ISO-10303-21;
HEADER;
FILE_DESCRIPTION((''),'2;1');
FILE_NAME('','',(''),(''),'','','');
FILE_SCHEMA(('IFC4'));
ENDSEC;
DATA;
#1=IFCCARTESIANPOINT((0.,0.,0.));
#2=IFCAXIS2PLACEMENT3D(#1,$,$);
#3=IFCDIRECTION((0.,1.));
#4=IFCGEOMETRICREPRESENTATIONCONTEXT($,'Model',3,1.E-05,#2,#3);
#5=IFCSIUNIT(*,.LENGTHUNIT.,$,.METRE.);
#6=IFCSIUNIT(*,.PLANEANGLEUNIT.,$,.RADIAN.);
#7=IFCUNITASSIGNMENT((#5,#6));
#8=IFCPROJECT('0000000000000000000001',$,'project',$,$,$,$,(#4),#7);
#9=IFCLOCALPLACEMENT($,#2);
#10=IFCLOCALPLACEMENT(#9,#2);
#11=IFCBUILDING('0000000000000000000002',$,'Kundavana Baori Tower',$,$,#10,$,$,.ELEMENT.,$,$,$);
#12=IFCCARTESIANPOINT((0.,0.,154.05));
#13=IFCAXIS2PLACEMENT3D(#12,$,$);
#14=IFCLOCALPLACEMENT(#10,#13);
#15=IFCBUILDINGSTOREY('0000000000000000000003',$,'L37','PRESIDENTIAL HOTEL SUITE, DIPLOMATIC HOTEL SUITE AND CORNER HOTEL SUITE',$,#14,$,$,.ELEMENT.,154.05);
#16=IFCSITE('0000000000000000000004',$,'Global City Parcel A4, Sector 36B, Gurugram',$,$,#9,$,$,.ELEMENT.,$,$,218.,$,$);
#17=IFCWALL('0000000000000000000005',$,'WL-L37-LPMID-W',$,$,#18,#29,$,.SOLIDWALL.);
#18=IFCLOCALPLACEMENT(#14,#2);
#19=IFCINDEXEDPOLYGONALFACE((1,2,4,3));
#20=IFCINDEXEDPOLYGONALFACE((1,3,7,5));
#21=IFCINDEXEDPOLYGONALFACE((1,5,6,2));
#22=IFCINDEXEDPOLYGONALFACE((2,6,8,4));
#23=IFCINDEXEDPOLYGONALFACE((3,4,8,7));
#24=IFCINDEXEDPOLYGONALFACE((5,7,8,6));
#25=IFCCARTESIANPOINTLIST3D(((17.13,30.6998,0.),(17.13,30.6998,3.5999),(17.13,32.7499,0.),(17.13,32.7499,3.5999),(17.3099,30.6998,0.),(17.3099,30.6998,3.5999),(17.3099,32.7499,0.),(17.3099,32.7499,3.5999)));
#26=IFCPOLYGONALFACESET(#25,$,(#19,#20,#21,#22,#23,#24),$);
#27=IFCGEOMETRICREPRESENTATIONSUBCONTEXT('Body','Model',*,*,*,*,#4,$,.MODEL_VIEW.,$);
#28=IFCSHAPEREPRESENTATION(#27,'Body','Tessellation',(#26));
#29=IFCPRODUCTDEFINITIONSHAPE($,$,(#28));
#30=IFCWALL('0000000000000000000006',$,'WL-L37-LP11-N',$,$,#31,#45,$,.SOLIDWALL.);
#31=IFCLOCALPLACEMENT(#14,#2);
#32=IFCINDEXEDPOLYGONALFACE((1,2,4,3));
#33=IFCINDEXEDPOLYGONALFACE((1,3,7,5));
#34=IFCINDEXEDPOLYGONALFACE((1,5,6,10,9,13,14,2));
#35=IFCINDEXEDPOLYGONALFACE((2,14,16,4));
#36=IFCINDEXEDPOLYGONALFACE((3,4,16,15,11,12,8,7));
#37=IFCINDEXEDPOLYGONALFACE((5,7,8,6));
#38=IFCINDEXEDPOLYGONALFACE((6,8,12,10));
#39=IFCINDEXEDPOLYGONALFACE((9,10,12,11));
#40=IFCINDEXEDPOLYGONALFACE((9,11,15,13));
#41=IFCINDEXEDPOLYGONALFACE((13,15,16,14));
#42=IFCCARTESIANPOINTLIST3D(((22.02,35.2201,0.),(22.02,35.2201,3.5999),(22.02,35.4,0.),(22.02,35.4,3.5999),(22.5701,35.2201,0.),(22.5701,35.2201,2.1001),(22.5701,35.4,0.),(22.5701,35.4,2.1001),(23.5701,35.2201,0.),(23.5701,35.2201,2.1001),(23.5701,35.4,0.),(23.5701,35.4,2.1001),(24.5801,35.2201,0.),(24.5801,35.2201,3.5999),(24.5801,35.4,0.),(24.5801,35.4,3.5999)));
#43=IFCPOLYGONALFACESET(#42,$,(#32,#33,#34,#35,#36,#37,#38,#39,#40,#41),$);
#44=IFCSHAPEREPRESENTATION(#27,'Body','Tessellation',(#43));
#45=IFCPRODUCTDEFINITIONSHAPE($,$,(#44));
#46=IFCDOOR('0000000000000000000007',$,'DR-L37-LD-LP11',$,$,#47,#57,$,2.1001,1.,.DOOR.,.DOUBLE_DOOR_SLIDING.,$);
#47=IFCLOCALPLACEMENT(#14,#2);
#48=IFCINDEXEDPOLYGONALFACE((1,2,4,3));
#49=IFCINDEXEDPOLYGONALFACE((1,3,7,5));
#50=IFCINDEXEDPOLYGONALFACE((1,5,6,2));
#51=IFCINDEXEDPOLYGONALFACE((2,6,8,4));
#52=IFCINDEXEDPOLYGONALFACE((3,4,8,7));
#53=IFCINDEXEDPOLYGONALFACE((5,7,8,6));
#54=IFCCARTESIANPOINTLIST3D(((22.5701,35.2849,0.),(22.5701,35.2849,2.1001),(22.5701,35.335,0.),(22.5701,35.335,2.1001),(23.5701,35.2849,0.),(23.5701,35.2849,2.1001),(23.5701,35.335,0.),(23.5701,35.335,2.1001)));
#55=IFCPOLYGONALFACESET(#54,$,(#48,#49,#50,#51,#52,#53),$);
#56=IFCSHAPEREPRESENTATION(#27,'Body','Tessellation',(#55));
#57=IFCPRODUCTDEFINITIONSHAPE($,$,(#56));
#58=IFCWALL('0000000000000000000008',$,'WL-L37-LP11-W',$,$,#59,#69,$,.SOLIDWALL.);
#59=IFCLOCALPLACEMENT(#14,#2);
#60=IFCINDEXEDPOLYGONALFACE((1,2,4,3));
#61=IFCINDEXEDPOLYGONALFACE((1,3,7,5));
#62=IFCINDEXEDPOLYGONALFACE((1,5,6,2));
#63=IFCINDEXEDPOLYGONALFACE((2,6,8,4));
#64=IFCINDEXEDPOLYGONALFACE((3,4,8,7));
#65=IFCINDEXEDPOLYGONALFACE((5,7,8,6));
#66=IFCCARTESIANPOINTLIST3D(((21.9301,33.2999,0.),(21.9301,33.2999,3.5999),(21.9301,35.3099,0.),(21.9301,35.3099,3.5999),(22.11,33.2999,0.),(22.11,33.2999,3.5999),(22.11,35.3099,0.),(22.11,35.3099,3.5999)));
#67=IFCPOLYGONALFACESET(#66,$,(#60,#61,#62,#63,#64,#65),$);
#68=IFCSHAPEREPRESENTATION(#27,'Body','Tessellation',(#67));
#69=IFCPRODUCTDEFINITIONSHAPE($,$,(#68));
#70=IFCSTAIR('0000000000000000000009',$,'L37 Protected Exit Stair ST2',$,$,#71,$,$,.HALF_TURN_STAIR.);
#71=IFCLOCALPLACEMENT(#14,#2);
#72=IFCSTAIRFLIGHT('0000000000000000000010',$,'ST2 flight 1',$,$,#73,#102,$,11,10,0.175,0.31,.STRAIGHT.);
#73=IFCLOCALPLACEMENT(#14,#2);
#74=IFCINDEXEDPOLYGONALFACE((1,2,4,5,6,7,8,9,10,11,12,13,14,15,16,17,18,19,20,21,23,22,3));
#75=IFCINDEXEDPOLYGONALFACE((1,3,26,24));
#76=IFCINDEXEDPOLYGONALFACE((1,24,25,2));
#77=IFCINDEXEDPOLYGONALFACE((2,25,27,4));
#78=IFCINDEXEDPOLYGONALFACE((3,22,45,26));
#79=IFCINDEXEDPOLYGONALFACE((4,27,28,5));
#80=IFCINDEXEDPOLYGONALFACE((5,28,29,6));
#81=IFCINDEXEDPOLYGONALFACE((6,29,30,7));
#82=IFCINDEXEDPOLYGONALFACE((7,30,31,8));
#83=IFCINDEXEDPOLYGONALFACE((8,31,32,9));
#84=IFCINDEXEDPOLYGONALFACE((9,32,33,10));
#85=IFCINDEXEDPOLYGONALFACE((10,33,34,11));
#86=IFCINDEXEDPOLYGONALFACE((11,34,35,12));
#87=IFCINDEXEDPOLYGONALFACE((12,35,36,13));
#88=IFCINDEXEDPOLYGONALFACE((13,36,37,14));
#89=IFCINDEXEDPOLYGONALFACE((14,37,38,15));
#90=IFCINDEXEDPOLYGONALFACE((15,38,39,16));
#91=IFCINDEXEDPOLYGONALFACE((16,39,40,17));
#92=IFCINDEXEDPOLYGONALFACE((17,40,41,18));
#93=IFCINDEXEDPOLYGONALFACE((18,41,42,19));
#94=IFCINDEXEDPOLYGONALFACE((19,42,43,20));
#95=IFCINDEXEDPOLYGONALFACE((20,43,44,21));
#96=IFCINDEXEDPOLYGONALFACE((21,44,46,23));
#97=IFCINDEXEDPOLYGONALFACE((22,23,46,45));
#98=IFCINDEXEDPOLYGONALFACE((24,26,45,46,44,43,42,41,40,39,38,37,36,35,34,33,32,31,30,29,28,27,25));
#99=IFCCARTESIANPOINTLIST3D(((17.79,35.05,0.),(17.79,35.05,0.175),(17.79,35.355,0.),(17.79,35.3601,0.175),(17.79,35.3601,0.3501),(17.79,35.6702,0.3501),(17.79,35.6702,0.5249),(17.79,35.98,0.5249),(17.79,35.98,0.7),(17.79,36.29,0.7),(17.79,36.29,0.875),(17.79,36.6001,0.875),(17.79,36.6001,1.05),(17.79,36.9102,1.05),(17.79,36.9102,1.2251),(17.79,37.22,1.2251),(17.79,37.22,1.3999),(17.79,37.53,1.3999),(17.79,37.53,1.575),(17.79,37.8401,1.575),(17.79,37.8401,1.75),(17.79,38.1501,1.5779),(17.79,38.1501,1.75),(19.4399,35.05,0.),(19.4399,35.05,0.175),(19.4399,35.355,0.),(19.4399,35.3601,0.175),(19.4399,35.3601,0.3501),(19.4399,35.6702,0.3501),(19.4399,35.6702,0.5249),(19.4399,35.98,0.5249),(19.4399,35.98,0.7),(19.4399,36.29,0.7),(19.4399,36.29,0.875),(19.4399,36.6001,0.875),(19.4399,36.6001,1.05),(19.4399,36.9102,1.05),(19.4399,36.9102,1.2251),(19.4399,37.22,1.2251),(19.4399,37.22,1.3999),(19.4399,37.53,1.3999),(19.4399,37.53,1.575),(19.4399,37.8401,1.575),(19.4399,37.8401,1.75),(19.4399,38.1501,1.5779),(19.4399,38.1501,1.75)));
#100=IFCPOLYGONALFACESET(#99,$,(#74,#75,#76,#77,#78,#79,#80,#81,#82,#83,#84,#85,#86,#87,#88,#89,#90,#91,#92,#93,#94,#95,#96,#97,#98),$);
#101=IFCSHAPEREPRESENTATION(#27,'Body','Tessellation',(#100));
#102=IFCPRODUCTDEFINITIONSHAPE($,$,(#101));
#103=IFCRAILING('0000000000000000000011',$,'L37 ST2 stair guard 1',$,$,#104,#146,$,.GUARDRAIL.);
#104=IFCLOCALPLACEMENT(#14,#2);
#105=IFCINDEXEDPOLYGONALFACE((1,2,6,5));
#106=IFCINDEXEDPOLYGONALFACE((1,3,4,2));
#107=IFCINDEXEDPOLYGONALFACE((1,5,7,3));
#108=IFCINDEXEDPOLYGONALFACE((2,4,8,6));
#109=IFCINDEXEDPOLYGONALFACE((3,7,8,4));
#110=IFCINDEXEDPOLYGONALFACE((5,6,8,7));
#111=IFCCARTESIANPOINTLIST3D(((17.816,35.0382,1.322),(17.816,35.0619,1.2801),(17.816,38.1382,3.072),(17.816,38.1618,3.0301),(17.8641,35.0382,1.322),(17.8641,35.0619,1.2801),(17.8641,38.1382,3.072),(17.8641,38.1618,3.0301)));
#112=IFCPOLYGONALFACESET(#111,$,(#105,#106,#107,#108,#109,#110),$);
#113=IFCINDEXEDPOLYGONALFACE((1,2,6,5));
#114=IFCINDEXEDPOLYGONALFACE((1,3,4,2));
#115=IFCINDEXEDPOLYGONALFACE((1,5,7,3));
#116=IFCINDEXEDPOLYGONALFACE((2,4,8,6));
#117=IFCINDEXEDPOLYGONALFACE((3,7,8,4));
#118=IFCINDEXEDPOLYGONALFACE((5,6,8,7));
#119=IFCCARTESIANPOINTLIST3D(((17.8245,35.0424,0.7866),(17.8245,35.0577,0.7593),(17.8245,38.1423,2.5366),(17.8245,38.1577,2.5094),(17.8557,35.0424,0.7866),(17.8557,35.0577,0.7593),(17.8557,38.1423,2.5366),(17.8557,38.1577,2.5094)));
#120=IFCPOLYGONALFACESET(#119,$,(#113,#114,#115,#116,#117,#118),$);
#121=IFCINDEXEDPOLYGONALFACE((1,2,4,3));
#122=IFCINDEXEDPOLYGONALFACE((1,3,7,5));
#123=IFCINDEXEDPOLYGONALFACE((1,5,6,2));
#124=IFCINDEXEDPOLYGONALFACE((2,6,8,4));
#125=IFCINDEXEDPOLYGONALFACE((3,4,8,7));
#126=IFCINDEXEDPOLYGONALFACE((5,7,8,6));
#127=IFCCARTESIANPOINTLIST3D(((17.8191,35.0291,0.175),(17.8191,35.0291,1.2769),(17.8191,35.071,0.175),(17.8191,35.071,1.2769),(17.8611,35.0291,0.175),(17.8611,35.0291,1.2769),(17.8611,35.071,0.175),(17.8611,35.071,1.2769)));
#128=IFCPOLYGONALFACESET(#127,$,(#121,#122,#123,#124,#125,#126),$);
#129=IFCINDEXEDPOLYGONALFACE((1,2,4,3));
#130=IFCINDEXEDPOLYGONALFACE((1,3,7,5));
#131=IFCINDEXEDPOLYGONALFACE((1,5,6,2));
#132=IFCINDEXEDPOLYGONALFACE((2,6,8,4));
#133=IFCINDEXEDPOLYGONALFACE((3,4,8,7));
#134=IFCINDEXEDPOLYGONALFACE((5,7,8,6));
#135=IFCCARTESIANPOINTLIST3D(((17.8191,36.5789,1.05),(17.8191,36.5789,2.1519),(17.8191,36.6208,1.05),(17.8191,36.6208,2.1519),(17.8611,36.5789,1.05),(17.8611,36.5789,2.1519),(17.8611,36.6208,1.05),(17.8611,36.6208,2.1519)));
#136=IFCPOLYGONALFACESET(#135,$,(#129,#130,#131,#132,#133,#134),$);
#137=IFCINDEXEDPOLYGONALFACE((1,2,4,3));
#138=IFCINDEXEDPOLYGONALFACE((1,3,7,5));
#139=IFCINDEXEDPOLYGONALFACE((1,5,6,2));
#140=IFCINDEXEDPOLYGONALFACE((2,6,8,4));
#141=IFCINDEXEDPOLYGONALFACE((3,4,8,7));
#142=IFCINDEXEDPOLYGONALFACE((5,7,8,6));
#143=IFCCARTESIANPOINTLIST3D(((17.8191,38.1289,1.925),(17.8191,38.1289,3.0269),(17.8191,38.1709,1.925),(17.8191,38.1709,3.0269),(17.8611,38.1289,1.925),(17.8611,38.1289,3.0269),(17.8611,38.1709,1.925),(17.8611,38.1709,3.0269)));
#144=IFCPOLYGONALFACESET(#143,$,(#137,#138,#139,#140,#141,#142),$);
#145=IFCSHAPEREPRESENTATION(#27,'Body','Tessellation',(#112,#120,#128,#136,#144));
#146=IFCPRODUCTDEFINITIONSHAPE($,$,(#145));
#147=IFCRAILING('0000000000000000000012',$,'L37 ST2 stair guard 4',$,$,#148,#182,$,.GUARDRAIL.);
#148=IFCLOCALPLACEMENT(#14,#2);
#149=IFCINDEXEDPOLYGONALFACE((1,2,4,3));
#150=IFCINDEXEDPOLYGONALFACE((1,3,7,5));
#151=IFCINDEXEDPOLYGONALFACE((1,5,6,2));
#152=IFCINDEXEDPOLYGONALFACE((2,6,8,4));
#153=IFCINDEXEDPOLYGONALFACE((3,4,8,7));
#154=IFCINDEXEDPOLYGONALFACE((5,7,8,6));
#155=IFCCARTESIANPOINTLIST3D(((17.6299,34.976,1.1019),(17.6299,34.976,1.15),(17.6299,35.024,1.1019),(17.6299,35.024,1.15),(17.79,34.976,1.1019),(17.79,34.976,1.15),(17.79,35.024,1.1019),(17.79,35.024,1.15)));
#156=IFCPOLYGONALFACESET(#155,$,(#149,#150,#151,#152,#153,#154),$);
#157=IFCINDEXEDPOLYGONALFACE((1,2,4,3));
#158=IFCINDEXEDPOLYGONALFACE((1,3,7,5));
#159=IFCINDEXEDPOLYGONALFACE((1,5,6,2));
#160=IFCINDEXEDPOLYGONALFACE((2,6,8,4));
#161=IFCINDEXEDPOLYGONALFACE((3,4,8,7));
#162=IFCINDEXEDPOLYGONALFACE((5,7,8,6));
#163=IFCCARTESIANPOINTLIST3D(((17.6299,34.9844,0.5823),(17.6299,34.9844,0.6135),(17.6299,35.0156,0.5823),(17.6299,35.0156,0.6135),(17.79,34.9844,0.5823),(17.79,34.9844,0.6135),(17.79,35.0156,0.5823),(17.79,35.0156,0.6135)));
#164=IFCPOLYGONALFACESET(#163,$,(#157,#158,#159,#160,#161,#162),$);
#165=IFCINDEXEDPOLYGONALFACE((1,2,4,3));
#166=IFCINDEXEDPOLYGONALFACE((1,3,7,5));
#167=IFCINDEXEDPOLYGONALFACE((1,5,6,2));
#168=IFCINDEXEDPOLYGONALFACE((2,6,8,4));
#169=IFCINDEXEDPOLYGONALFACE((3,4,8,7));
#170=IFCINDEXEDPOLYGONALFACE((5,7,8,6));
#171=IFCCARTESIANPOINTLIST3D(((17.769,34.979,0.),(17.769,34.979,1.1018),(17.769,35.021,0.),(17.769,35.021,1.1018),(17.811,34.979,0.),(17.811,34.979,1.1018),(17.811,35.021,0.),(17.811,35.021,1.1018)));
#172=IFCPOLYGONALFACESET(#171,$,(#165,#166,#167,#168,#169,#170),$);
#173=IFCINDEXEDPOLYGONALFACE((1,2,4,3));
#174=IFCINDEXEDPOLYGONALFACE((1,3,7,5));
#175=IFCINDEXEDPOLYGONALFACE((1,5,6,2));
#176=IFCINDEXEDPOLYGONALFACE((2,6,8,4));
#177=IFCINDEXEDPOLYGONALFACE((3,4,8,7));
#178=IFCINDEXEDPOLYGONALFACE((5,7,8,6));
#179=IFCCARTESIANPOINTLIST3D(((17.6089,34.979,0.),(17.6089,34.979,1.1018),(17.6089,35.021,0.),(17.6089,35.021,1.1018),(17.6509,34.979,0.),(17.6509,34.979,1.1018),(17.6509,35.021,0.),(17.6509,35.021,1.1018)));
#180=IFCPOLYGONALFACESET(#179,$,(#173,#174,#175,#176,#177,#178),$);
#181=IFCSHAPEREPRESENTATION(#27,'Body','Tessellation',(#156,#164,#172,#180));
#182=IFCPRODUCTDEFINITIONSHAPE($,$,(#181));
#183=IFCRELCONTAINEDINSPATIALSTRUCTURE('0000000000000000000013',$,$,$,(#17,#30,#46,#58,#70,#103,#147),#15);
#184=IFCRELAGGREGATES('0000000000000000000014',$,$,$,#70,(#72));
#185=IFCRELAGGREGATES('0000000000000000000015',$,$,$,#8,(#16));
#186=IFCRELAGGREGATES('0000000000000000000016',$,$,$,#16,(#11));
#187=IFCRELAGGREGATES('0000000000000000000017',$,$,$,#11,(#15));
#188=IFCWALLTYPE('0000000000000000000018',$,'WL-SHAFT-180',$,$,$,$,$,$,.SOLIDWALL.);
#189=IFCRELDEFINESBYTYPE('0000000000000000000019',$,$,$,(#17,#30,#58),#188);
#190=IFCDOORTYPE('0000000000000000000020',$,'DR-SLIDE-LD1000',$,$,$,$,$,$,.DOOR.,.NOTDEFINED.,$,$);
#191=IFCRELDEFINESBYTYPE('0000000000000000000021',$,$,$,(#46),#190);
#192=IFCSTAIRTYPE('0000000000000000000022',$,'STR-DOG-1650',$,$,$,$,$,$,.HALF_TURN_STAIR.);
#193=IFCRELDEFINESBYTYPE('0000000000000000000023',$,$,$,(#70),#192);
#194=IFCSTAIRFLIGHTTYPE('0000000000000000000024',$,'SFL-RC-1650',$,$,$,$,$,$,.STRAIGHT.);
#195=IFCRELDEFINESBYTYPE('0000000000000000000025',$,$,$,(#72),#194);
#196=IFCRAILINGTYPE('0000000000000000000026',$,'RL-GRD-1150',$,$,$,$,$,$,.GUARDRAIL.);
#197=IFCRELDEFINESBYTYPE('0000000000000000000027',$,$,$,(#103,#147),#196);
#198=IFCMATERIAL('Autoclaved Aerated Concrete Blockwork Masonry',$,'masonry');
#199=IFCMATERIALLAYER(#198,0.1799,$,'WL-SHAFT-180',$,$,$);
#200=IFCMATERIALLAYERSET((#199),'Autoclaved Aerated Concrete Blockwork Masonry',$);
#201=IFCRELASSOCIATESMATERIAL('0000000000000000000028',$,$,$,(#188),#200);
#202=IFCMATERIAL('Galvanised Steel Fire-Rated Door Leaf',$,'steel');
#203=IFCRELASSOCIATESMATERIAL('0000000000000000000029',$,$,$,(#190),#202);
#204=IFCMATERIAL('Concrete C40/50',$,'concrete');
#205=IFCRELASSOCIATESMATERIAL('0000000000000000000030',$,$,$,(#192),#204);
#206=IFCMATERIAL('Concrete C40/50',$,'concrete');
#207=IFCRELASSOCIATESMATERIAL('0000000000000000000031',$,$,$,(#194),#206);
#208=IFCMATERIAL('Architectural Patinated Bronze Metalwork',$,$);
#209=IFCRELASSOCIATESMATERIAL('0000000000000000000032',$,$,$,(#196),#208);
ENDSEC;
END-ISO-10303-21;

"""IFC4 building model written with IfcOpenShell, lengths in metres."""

from ifc_helpers import new_model, si_unit, direction, frame, frame_2d, origin, origin_2d, place, context, subcontext, project, spatial, polyline, rectangle, outline, extrude, material, layer, layer_set, type_object, element, fill, aggregate, save


model = new_model("IFC4")

# Units and contexts
model_context = context("Model", 3, precision=1e-05, world=origin(), true_north=direction((0.0, 1.0)))
body_context = subcontext(model_context, "Body", "Model", "MODEL_VIEW")
ifc_project = project(units=[si_unit("LENGTHUNIT", "METRE"), si_unit("PLANEANGLEUNIT", "RADIAN")], contexts=[model_context])

# Site, building, storey
site_placement = place(None, origin())
site = spatial("IfcSite", under=ifc_project, at=site_placement, Name="Global City Parcel A4, Sector 36B, Gurugram", CompositionType="ELEMENT", RefElevation=218.0)
building_placement = place(site_placement, origin())
building = spatial("IfcBuilding", under=site, at=building_placement, Name="Kundavana Baori Tower", CompositionType="ELEMENT")
storey_placement = place(building_placement, frame((0.0, 0.0, 154.05)))
storey = spatial("IfcBuildingStorey", under=building, at=storey_placement, Name="L37", Description="PRESIDENTIAL HOTEL SUITE, DIPLOMATIC HOTEL SUITE AND CORNER HOTEL SUITE", CompositionType="ELEMENT", Elevation=154.05)

# Shared definitions
ifc_material_1 = material(Name="Autoclaved Aerated Concrete Blockwork Masonry", Category="masonry")
ifc_layer_1 = layer(ifc_material_1, 0.1799, Name="WL-SHAFT-180")
ifc_layer_set_1 = layer_set([ifc_layer_1], Name="Autoclaved Aerated Concrete Blockwork Masonry")
wall_type_1 = type_object("IfcWallType", Name="WL-SHAFT-180", PredefinedType="SOLIDWALL", material=ifc_layer_set_1)

# Wall
wall_1_placement = place(storey_placement, frame((17.22, 30.7, 0.0), z_axis=(0.0, 0.0, 1.0), x_axis=(0.0, 1.0, 0.0)))
element("IfcWall", 1, at=wall_1_placement, inside=storey, type_object=wall_type_1, Name="WL-L37-LPMID-W", PredefinedType="SOLIDWALL", context=body_context, shape_type="SweptSolid", body=[
    extrude(rectangle(XDim=2.05, YDim=0.1799, at=frame_2d((1.0249, 0.0))), origin(), (0.0, 0.0, 1.0), 3.5999),
])

# Wall, opening, door
wall_2_placement = place(storey_placement, frame((22.02, 35.3101, 0.0), z_axis=(0.0, 0.0, 1.0), x_axis=(1.0, 0.0, 0.0)))
wall_2 = element("IfcWall", 2, at=wall_2_placement, inside=storey, type_object=wall_type_1, Name="WL-L37-LP11-N", PredefinedType="SOLIDWALL", context=body_context, shape_type="SweptSolid", body=[
    extrude(rectangle(XDim=2.5601, YDim=0.1799, at=frame_2d((1.28, 0.0))), origin(), (0.0, 0.0, 1.0), 3.5999),
])
opening_1_placement = place(wall_2_placement, frame((0.55, 0.0, 0.0)))
opening_1 = element("IfcOpeningElement", 3, at=opening_1_placement, cuts=wall_2, PredefinedType="OPENING", context=body_context, shape_type="SweptSolid", body=[
    extrude(rectangle(XDim=1.0, YDim=2.1001, at=frame_2d((0.5, 1.05))), frame((0.0, 0.1001, 0.0), z_axis=(0.0, -1.0, 0.0), x_axis=(1.0, 0.0, 0.0)), (0.0, 0.0, 1.0), 0.2),
])
ifc_material_2 = material(Name="Galvanised Steel Fire-Rated Door Leaf", Category="steel")
door_type_1 = type_object("IfcDoorType", Name="DR-SLIDE-LD1000", OperationType="NOTDEFINED", PredefinedType="DOOR", material=ifc_material_2)
door_1_placement = place(opening_1_placement, origin())
door_1 = element("IfcDoor", 4, at=door_1_placement, inside=storey, type_object=door_type_1, Name="DR-L37-LD-LP11", OperationType="DOUBLE_DOOR_SLIDING", OverallHeight=2.1001, OverallWidth=1.0, PredefinedType="DOOR", context=body_context, shape_type="SweptSolid", body=[
    extrude(rectangle(XDim=1.0, YDim=2.1001, at=frame_2d((0.5, 1.05))), frame((0.0, 0.0249, 0.0), z_axis=(0.0, -1.0, 0.0), x_axis=(1.0, 0.0, 0.0)), (0.0, 0.0, 1.0), 0.05),
])
fill(opening_1, door_1)

# Wall
wall_3_placement = place(storey_placement, frame((22.02, 33.3, 0.0), z_axis=(0.0, 0.0, 1.0), x_axis=(0.0, 1.0, 0.0)))
element("IfcWall", 5, at=wall_3_placement, inside=storey, type_object=wall_type_1, Name="WL-L37-LP11-W", PredefinedType="SOLIDWALL", context=body_context, shape_type="SweptSolid", body=[
    extrude(rectangle(XDim=2.01, YDim=0.1799, at=frame_2d((1.0049, 0.0))), origin(), (0.0, 0.0, 1.0), 3.5999),
])

# Stair, stair flight
ifc_material_3 = material(Name="Concrete C40/50", Category="concrete")
stair_type = type_object("IfcStairType", Name="STR-DOG-1650", PredefinedType="HALF_TURN_STAIR", material=ifc_material_3)
stair_placement = place(storey_placement, origin())
stair = element("IfcStair", 6, at=stair_placement, inside=storey, type_object=stair_type, Name="L37 Protected Exit Stair ST2", PredefinedType="HALF_TURN_STAIR")
ifc_material_4 = material(Name="Concrete C40/50", Category="concrete")
stair_flight_type = type_object("IfcStairFlightType", Name="SFL-RC-1650", PredefinedType="STRAIGHT", material=ifc_material_4)
stair_flight_placement = place(storey_placement, frame((18.615, 35.05, 0.0), z_axis=(0.0, 0.0, 1.0), x_axis=(0.0, 1.0, 0.0)))
stair_flight = element("IfcStairFlight", 7, at=stair_flight_placement, type_object=stair_flight_type, Name="ST2 flight 1", NumberOfRisers=11, NumberOfTreads=10, PredefinedType="STRAIGHT", RiserHeight=0.175, TreadLength=0.31, context=body_context, shape_type="SweptSolid", body=[
    extrude(outline(polyline([(0.0, 0.0), (0.0, 0.175), (0.3101, 0.175), (0.3101, 0.3501), (0.6201, 0.3501), (0.6201, 0.5249), (0.9299, 0.5249), (0.9299, 0.7), (1.24, 0.7), (1.24, 0.875), (1.55, 0.875), (1.55, 1.05), (1.8601, 1.05), (1.8601, 1.2251), (2.1699, 1.2251), (2.1699, 1.3999), (2.48, 1.3999), (2.48, 1.575), (2.79, 1.575), (2.79, 1.75), (3.1001, 1.75), (3.1001, 1.925), (3.1001, 1.5779), (0.3049, 0.0), (0.0, 0.0)])), frame((0.0, 0.825, 0.0), z_axis=(0.0, -1.0, 0.0), x_axis=(1.0, 0.0, 0.0)), (0.0, 0.0, 1.0), 1.6499),
])
aggregate(stair, [stair_flight])

# Railings
ifc_material_5 = material(Name="Architectural Patinated Bronze Metalwork")
railing_type_1 = type_object("IfcRailingType", Name="RL-GRD-1150", PredefinedType="GUARDRAIL", material=ifc_material_5)
railing_1_placement = place(storey_placement, frame((17.8401, 35.05, 0.175)))
element("IfcRailing", 8, at=railing_1_placement, inside=storey, type_object=railing_type_1, Name="L37 ST2 stair guard 1", PredefinedType="GUARDRAIL", context=body_context, shape_type="SweptSolid", body=[
    extrude(rectangle(XDim=0.0481, YDim=0.0481, at=origin_2d()), frame((0.0, 0.0, 1.126), z_axis=(0.0, 0.870814, 0.491612), x_axis=(-1.0, 0.0, 0.0)), (0.0, 0.0, 1.0), 3.5598),
    extrude(rectangle(XDim=0.0312, YDim=0.0312, at=origin_2d()), frame((0.0, 0.0, 0.5979), z_axis=(0.0, 0.870814, 0.491612), x_axis=(-1.0, 0.0, 0.0)), (0.0, 0.0, 1.0), 3.5598),
    extrude(rectangle(XDim=0.042, YDim=0.042, at=origin_2d()), origin(), (0.0, 0.0, 1.0), 1.1018),
    extrude(rectangle(XDim=0.042, YDim=0.042, at=origin_2d()), frame((0.0, 1.5498, 0.875)), (0.0, 0.0, 1.0), 1.1018),
    extrude(rectangle(XDim=0.042, YDim=0.042, at=origin_2d()), frame((0.0, 3.0999, 1.75)), (0.0, 0.0, 1.0), 1.1018),
])
railing_2_placement = place(storey_placement, frame((17.79, 35.0, 0.0)))
element("IfcRailing", 9, at=railing_2_placement, inside=storey, type_object=railing_type_1, Name="L37 ST2 stair guard 4", PredefinedType="GUARDRAIL", context=body_context, shape_type="SweptSolid", body=[
    extrude(rectangle(XDim=0.0481, YDim=0.0481, at=origin_2d()), frame((0.0, 0.0, 1.126), z_axis=(-1.0, 0.0, 0.0), x_axis=(0.0, -1.0, 0.0)), (0.0, 0.0, 1.0), 0.1602),
    extrude(rectangle(XDim=0.0312, YDim=0.0312, at=origin_2d()), frame((0.0, 0.0, 0.5979), z_axis=(-1.0, 0.0, 0.0), x_axis=(0.0, -1.0, 0.0)), (0.0, 0.0, 1.0), 0.1602),
    extrude(rectangle(XDim=0.042, YDim=0.042, at=origin_2d()), origin(), (0.0, 0.0, 1.0), 1.1018),
    extrude(rectangle(XDim=0.042, YDim=0.042, at=origin_2d()), frame((-0.1602, 0.0, 0.0)), (0.0, 0.0, 1.0), 1.1018),
])

save(model, "model.ifc")
